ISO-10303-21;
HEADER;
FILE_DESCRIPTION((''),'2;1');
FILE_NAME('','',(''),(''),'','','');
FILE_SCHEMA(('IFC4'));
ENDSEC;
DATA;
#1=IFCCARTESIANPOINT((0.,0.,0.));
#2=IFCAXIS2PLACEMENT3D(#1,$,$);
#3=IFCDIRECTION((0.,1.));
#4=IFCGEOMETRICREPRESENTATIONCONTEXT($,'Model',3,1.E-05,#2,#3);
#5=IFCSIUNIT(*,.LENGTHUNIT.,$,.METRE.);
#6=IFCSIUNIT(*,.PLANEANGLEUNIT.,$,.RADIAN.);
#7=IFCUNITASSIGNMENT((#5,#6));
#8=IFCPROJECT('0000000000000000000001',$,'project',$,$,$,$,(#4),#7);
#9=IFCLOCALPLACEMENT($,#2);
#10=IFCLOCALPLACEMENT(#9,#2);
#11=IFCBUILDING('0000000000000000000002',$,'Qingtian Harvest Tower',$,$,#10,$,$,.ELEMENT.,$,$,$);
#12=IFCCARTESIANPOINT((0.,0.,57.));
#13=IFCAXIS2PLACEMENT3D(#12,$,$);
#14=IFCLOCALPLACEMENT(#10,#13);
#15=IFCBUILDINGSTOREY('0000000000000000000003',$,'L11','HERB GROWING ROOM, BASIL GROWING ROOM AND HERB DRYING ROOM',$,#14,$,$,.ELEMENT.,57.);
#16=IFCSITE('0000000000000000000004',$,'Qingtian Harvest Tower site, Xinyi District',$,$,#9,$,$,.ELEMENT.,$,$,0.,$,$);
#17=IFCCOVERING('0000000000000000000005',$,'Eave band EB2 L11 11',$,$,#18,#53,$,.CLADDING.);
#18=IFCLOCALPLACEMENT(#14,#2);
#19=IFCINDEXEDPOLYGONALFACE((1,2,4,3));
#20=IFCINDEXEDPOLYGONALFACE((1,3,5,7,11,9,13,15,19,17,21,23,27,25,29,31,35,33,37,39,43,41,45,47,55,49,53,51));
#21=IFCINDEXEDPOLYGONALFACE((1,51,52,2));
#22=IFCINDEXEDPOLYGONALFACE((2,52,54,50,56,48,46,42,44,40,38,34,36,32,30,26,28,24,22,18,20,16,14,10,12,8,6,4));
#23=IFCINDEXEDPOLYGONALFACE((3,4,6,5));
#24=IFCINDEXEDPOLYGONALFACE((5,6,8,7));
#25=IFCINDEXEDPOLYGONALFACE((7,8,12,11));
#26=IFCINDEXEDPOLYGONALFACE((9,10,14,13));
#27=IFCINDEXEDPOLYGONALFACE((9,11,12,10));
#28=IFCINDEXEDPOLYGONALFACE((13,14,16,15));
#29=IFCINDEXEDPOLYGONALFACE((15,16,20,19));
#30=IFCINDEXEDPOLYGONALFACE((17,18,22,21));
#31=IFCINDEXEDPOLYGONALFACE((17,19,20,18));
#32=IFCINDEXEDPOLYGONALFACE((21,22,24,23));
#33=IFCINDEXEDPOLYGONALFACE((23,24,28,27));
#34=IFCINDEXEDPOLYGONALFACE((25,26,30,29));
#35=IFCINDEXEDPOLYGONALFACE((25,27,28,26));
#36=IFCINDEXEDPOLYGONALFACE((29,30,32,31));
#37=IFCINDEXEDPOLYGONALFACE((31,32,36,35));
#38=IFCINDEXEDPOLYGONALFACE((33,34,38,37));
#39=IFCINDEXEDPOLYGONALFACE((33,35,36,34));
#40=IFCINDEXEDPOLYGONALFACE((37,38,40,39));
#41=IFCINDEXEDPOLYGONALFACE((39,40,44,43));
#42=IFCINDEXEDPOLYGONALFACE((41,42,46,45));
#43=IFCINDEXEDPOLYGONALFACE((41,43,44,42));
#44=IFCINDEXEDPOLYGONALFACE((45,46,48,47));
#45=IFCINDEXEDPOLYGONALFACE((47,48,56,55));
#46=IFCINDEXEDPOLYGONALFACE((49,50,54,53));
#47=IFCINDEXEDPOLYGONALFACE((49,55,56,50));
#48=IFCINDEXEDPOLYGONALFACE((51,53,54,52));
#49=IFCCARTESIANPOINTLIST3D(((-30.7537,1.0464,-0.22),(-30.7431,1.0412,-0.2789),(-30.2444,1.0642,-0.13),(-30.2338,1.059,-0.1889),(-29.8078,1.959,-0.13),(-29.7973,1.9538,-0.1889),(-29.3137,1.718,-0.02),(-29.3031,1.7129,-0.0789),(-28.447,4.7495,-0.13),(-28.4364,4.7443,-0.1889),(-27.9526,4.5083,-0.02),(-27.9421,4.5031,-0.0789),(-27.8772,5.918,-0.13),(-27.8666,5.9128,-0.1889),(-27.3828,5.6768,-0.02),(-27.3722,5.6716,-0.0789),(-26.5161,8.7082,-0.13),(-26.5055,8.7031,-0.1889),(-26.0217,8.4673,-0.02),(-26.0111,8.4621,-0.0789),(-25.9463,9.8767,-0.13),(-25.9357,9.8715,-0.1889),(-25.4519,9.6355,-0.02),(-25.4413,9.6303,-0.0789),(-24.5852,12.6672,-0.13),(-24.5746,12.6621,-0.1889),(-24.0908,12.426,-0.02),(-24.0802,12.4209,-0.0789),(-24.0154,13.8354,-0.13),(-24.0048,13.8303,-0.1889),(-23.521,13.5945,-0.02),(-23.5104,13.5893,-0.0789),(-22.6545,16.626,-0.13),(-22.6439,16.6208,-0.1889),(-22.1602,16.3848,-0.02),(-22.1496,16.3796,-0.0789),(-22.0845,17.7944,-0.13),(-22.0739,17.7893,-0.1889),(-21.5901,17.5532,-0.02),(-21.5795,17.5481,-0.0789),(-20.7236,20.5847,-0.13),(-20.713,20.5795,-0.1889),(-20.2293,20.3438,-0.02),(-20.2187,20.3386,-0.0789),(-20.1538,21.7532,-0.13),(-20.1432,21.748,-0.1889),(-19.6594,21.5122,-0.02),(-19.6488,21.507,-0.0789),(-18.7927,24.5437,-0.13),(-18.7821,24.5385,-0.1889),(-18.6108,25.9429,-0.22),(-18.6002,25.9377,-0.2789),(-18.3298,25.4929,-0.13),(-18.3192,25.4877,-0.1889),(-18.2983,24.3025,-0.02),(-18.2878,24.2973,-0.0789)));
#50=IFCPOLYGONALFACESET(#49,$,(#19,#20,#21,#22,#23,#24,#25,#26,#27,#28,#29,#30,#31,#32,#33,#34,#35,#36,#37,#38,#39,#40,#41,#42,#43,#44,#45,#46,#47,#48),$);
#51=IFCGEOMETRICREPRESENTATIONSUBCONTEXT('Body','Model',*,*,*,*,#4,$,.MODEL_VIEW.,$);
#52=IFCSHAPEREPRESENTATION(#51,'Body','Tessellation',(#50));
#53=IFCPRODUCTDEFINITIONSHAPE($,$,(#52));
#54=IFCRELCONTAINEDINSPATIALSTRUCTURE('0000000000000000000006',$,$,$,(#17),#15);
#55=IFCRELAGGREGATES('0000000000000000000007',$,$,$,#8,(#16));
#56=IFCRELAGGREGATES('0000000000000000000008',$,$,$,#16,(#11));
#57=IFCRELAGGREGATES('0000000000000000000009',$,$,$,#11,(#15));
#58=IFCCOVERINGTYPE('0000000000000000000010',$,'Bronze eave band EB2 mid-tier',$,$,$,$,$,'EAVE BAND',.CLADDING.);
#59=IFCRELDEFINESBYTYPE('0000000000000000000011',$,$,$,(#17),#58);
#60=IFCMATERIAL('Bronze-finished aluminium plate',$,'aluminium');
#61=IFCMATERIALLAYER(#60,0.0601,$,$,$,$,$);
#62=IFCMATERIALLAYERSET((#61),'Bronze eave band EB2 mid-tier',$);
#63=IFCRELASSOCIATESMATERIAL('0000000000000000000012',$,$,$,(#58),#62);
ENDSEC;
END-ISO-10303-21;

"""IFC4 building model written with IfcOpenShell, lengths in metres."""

from ifc_helpers import new_model, si_unit, direction, frame, origin, place, context, subcontext, project, spatial, polyline, outline, extrude, material, layer, layer_set, type_object, element, save


model = new_model("IFC4")

# Units and contexts
model_context = context("Model", 3, precision=1e-05, world=origin(), true_north=direction((0.0, 1.0)))
body_context = subcontext(model_context, "Body", "Model", "MODEL_VIEW")
ifc_project = project(units=[si_unit("LENGTHUNIT", "METRE"), si_unit("PLANEANGLEUNIT", "RADIAN")], contexts=[model_context])

# Site, building, storey
site_placement = place(None, origin())
site = spatial("IfcSite", under=ifc_project, at=site_placement, Name="Qingtian Harvest Tower site, Xinyi District", CompositionType="ELEMENT", RefElevation=0.0)
building_placement = place(site_placement, origin())
building = spatial("IfcBuilding", under=site, at=building_placement, Name="Qingtian Harvest Tower", CompositionType="ELEMENT")
storey_placement = place(building_placement, frame((0.0, 0.0, 57.0)))
storey = spatial("IfcBuildingStorey", under=building, at=storey_placement, Name="L11", Description="HERB GROWING ROOM, BASIL GROWING ROOM AND HERB DRYING ROOM", CompositionType="ELEMENT", Elevation=57.0)

# Covering
ifc_material_1 = material(Name="Bronze-finished aluminium plate", Category="aluminium")
ifc_layer_1 = layer(ifc_material_1, 0.0601)
ifc_layer_set_1 = layer_set([ifc_layer_1], Name="Bronze eave band EB2 mid-tier")
covering_type = type_object("IfcCoveringType", Name="Bronze eave band EB2 mid-tier", ElementType="EAVE BAND", PredefinedType="CLADDING", material=ifc_layer_set_1)
covering_placement = place(storey_placement, frame((-29.3137, 1.718, -0.02), z_axis=(-0.176281, 0.085978, 0.980578), x_axis=(-0.881367, 0.429797, -0.196131)))
element("IfcCovering", 1, at=covering_placement, inside=storey, type_object=covering_type, Name="Eave band EB2 L11 11", PredefinedType="CLADDING", context=body_context, shape_type="SweptSolid", body=[
    extrude(outline(polyline([(0.0, 0.0), (0.5606, 0.0), (0.5608, 0.9956), (1.0197, 1.2348), (1.0178, -26.4651), (0.5591, -26.1838), (0.5591, -25.1277), (-0.0019, -25.1276), (-0.0015, -22.0231), (0.5594, -22.023), (0.5594, -20.723), (-0.0015, -20.7231), (-0.0014, -17.6184), (0.5595, -17.6185), (0.5598, -16.3184), (-0.0012, -16.3183), (-0.001, -13.2139), (0.5598, -13.2138), (0.5599, -11.914), (-0.001, -11.9139), (-0.0008, -8.8091), (0.5602, -8.8092), (0.5602, -7.5092), (-0.0006, -7.5093), (-0.0004, -4.4045), (0.5606, -4.4047), (0.5606, -3.1047), (-0.0004, -3.1045), (0.0, 0.0)])), origin(), (0.0, 0.0, -1.0), 0.0601),
])

save(model, "model.ifc")
